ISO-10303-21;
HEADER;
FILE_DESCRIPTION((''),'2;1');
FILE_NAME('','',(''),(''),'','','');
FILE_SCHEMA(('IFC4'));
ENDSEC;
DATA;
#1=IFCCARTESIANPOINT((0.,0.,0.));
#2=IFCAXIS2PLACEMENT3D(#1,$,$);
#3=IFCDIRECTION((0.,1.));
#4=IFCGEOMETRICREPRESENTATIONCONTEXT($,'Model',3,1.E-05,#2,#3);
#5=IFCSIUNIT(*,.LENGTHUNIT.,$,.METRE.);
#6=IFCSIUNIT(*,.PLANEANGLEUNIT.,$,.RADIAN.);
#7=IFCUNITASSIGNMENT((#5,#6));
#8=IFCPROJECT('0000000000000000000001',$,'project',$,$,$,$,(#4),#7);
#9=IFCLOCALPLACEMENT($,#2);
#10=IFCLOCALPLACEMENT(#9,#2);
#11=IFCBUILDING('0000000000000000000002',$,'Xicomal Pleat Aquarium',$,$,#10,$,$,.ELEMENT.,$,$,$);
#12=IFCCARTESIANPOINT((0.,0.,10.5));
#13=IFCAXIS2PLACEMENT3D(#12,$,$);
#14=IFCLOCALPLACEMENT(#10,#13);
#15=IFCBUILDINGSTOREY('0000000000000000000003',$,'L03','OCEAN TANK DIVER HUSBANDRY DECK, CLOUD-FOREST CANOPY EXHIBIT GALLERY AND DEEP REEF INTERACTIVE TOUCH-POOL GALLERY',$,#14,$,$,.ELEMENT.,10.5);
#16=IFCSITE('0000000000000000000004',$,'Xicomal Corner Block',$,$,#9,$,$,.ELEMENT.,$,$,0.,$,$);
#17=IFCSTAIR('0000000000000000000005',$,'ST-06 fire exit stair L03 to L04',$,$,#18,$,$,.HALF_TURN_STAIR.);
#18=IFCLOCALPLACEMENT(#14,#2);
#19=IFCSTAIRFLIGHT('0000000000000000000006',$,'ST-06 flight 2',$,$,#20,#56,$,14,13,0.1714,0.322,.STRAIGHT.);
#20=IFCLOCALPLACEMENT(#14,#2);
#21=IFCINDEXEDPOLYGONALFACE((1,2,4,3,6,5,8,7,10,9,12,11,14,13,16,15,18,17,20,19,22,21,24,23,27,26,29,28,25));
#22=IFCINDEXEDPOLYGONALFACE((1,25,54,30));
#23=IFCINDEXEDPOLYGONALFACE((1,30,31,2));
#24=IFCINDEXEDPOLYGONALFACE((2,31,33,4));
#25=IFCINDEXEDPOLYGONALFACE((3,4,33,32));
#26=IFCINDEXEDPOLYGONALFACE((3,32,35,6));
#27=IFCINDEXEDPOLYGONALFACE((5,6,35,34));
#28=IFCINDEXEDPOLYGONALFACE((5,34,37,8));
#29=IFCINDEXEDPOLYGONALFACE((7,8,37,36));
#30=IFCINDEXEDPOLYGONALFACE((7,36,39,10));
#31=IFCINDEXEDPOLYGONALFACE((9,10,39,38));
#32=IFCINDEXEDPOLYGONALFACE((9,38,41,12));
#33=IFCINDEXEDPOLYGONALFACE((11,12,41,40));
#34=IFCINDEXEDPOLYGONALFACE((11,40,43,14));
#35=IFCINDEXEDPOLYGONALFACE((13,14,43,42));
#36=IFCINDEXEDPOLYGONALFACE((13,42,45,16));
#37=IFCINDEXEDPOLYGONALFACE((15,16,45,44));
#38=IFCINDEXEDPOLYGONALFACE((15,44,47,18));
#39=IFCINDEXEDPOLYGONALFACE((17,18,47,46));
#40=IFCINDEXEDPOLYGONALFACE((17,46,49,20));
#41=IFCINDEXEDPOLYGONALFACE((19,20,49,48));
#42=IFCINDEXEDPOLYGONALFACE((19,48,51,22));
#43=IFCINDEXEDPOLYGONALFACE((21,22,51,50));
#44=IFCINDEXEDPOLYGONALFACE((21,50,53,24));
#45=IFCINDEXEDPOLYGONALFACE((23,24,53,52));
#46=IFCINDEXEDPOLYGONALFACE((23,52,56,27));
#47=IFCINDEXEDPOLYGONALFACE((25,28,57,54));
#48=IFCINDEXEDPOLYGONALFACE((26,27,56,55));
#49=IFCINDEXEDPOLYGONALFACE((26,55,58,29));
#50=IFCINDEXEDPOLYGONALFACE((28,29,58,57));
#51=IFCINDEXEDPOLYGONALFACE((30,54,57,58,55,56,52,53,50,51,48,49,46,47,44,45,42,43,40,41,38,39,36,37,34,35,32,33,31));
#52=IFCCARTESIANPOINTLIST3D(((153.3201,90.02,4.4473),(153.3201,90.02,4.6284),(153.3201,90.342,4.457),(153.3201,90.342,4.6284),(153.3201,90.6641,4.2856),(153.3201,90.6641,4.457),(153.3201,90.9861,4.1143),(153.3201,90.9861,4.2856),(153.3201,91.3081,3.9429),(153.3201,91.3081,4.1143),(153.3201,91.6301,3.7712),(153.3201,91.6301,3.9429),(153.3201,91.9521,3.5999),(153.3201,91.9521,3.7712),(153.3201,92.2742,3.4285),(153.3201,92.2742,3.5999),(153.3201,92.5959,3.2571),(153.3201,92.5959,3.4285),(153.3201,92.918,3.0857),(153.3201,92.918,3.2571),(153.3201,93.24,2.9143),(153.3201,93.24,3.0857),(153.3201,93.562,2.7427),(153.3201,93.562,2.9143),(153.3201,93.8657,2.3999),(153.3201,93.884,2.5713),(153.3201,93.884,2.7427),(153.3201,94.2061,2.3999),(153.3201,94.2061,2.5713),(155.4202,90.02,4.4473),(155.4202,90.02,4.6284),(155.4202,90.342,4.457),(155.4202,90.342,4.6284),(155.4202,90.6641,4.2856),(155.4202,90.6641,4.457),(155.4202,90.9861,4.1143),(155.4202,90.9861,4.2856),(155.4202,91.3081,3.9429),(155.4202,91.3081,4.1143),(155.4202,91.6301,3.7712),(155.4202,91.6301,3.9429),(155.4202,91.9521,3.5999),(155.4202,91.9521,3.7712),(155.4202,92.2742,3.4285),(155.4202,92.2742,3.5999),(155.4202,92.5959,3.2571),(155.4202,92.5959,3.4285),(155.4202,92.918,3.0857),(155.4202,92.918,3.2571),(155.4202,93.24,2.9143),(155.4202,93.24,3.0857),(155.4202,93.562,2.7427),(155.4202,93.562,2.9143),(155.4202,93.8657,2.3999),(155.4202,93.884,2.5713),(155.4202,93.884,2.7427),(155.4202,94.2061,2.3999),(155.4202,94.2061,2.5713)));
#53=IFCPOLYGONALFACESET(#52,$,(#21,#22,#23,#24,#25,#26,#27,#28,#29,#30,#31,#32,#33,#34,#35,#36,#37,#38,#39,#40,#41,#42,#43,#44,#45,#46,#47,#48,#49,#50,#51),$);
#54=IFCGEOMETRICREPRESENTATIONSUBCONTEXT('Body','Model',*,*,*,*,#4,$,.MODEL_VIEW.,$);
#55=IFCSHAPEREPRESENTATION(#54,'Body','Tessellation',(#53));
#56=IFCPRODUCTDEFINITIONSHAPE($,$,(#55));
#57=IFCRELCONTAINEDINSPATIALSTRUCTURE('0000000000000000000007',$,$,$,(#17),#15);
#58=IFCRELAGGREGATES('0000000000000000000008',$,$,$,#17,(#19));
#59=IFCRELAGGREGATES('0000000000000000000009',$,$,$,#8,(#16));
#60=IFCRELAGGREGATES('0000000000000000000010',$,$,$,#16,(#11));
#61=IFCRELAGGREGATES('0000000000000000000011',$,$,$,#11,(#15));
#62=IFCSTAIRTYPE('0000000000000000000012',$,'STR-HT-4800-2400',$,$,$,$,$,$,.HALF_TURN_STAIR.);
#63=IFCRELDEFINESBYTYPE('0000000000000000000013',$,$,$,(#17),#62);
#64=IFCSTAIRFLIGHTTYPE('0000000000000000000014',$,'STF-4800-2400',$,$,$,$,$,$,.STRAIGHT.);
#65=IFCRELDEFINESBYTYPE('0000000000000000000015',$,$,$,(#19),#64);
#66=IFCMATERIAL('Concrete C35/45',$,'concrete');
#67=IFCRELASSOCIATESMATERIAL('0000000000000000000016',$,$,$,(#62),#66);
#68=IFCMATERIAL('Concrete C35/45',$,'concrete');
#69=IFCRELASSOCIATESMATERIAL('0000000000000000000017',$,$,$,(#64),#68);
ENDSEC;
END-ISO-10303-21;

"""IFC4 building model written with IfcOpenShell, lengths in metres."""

from ifc_helpers import new_model, si_unit, direction, frame, origin, place, context, subcontext, project, spatial, polyline, outline, extrude, material, type_object, element, aggregate, save


model = new_model("IFC4")

# Units and contexts
model_context = context("Model", 3, precision=1e-05, world=origin(), true_north=direction((0.0, 1.0)))
body_context = subcontext(model_context, "Body", "Model", "MODEL_VIEW")
ifc_project = project(units=[si_unit("LENGTHUNIT", "METRE"), si_unit("PLANEANGLEUNIT", "RADIAN")], contexts=[model_context])

# Site, building, storey
site_placement = place(None, origin())
site = spatial("IfcSite", under=ifc_project, at=site_placement, Name="Xicomal Corner Block", CompositionType="ELEMENT", RefElevation=0.0)
building_placement = place(site_placement, origin())
building = spatial("IfcBuilding", under=site, at=building_placement, Name="Xicomal Pleat Aquarium", CompositionType="ELEMENT")
storey_placement = place(building_placement, frame((0.0, 0.0, 10.5)))
storey = spatial("IfcBuildingStorey", under=building, at=storey_placement, Name="L03", Description="OCEAN TANK DIVER HUSBANDRY DECK, CLOUD-FOREST CANOPY EXHIBIT GALLERY AND DEEP REEF INTERACTIVE TOUCH-POOL GALLERY", CompositionType="ELEMENT", Elevation=10.5)

# Stair, stair flight
ifc_material_1 = material(Name="Concrete C35/45", Category="concrete")
stair_type = type_object("IfcStairType", Name="STR-HT-4800-2400", PredefinedType="HALF_TURN_STAIR", material=ifc_material_1)
ifc_material_2 = material(Name="Concrete C35/45", Category="concrete")
stair_flight_type = type_object("IfcStairFlightType", Name="STF-4800-2400", PredefinedType="STRAIGHT", material=ifc_material_2)
stair_1_placement = place(storey_placement, origin())
stair_1 = element("IfcStair", 1, at=stair_1_placement, inside=storey, type_object=stair_type, Name="ST-06 fire exit stair L03 to L04", PredefinedType="HALF_TURN_STAIR")
stair_flight_1_placement = place(storey_placement, frame((154.3701, 94.2061, 2.3999), z_axis=(0.0, 0.0, 1.0), x_axis=(0.0, -1.0, 0.0)))
stair_flight_1 = element("IfcStairFlight", 2, at=stair_flight_1_placement, type_object=stair_flight_type, Name="ST-06 flight 2", NumberOfRisers=14, NumberOfTreads=13, PredefinedType="STRAIGHT", RiserHeight=0.1714, TreadLength=0.322, context=body_context, shape_type="SweptSolid", body=[
    extrude(outline(polyline([(0.0, 0.0), (0.0, 0.1714), (0.322, 0.1714), (0.322, 0.3428), (0.644, 0.3428), (0.644, 0.5144), (0.9661, 0.5144), (0.9661, 0.6858), (1.2881, 0.6858), (1.2881, 0.8572), (1.6101, 0.8572), (1.6101, 1.0286), (1.9319, 1.0286), (1.9319, 1.2), (2.2539, 1.2), (2.2539, 1.3713), (2.5759, 1.3713), (2.5759, 1.543), (2.8979, 1.543), (2.8979, 1.7144), (3.22, 1.7144), (3.22, 1.8857), (3.542, 1.8857), (3.542, 2.0571), (3.864, 2.0571), (3.864, 2.2285), (4.186, 2.2285), (4.186, 2.3999), (4.186, 2.0474), (0.3403, 0.0), (0.0, 0.0)])), frame((0.0, 1.05, 0.0), z_axis=(0.0, -1.0, 0.0), x_axis=(1.0, 0.0, 0.0)), (0.0, 0.0, 1.0), 2.1001),
])
aggregate(stair_1, [stair_flight_1])

save(model, "model.ifc")
